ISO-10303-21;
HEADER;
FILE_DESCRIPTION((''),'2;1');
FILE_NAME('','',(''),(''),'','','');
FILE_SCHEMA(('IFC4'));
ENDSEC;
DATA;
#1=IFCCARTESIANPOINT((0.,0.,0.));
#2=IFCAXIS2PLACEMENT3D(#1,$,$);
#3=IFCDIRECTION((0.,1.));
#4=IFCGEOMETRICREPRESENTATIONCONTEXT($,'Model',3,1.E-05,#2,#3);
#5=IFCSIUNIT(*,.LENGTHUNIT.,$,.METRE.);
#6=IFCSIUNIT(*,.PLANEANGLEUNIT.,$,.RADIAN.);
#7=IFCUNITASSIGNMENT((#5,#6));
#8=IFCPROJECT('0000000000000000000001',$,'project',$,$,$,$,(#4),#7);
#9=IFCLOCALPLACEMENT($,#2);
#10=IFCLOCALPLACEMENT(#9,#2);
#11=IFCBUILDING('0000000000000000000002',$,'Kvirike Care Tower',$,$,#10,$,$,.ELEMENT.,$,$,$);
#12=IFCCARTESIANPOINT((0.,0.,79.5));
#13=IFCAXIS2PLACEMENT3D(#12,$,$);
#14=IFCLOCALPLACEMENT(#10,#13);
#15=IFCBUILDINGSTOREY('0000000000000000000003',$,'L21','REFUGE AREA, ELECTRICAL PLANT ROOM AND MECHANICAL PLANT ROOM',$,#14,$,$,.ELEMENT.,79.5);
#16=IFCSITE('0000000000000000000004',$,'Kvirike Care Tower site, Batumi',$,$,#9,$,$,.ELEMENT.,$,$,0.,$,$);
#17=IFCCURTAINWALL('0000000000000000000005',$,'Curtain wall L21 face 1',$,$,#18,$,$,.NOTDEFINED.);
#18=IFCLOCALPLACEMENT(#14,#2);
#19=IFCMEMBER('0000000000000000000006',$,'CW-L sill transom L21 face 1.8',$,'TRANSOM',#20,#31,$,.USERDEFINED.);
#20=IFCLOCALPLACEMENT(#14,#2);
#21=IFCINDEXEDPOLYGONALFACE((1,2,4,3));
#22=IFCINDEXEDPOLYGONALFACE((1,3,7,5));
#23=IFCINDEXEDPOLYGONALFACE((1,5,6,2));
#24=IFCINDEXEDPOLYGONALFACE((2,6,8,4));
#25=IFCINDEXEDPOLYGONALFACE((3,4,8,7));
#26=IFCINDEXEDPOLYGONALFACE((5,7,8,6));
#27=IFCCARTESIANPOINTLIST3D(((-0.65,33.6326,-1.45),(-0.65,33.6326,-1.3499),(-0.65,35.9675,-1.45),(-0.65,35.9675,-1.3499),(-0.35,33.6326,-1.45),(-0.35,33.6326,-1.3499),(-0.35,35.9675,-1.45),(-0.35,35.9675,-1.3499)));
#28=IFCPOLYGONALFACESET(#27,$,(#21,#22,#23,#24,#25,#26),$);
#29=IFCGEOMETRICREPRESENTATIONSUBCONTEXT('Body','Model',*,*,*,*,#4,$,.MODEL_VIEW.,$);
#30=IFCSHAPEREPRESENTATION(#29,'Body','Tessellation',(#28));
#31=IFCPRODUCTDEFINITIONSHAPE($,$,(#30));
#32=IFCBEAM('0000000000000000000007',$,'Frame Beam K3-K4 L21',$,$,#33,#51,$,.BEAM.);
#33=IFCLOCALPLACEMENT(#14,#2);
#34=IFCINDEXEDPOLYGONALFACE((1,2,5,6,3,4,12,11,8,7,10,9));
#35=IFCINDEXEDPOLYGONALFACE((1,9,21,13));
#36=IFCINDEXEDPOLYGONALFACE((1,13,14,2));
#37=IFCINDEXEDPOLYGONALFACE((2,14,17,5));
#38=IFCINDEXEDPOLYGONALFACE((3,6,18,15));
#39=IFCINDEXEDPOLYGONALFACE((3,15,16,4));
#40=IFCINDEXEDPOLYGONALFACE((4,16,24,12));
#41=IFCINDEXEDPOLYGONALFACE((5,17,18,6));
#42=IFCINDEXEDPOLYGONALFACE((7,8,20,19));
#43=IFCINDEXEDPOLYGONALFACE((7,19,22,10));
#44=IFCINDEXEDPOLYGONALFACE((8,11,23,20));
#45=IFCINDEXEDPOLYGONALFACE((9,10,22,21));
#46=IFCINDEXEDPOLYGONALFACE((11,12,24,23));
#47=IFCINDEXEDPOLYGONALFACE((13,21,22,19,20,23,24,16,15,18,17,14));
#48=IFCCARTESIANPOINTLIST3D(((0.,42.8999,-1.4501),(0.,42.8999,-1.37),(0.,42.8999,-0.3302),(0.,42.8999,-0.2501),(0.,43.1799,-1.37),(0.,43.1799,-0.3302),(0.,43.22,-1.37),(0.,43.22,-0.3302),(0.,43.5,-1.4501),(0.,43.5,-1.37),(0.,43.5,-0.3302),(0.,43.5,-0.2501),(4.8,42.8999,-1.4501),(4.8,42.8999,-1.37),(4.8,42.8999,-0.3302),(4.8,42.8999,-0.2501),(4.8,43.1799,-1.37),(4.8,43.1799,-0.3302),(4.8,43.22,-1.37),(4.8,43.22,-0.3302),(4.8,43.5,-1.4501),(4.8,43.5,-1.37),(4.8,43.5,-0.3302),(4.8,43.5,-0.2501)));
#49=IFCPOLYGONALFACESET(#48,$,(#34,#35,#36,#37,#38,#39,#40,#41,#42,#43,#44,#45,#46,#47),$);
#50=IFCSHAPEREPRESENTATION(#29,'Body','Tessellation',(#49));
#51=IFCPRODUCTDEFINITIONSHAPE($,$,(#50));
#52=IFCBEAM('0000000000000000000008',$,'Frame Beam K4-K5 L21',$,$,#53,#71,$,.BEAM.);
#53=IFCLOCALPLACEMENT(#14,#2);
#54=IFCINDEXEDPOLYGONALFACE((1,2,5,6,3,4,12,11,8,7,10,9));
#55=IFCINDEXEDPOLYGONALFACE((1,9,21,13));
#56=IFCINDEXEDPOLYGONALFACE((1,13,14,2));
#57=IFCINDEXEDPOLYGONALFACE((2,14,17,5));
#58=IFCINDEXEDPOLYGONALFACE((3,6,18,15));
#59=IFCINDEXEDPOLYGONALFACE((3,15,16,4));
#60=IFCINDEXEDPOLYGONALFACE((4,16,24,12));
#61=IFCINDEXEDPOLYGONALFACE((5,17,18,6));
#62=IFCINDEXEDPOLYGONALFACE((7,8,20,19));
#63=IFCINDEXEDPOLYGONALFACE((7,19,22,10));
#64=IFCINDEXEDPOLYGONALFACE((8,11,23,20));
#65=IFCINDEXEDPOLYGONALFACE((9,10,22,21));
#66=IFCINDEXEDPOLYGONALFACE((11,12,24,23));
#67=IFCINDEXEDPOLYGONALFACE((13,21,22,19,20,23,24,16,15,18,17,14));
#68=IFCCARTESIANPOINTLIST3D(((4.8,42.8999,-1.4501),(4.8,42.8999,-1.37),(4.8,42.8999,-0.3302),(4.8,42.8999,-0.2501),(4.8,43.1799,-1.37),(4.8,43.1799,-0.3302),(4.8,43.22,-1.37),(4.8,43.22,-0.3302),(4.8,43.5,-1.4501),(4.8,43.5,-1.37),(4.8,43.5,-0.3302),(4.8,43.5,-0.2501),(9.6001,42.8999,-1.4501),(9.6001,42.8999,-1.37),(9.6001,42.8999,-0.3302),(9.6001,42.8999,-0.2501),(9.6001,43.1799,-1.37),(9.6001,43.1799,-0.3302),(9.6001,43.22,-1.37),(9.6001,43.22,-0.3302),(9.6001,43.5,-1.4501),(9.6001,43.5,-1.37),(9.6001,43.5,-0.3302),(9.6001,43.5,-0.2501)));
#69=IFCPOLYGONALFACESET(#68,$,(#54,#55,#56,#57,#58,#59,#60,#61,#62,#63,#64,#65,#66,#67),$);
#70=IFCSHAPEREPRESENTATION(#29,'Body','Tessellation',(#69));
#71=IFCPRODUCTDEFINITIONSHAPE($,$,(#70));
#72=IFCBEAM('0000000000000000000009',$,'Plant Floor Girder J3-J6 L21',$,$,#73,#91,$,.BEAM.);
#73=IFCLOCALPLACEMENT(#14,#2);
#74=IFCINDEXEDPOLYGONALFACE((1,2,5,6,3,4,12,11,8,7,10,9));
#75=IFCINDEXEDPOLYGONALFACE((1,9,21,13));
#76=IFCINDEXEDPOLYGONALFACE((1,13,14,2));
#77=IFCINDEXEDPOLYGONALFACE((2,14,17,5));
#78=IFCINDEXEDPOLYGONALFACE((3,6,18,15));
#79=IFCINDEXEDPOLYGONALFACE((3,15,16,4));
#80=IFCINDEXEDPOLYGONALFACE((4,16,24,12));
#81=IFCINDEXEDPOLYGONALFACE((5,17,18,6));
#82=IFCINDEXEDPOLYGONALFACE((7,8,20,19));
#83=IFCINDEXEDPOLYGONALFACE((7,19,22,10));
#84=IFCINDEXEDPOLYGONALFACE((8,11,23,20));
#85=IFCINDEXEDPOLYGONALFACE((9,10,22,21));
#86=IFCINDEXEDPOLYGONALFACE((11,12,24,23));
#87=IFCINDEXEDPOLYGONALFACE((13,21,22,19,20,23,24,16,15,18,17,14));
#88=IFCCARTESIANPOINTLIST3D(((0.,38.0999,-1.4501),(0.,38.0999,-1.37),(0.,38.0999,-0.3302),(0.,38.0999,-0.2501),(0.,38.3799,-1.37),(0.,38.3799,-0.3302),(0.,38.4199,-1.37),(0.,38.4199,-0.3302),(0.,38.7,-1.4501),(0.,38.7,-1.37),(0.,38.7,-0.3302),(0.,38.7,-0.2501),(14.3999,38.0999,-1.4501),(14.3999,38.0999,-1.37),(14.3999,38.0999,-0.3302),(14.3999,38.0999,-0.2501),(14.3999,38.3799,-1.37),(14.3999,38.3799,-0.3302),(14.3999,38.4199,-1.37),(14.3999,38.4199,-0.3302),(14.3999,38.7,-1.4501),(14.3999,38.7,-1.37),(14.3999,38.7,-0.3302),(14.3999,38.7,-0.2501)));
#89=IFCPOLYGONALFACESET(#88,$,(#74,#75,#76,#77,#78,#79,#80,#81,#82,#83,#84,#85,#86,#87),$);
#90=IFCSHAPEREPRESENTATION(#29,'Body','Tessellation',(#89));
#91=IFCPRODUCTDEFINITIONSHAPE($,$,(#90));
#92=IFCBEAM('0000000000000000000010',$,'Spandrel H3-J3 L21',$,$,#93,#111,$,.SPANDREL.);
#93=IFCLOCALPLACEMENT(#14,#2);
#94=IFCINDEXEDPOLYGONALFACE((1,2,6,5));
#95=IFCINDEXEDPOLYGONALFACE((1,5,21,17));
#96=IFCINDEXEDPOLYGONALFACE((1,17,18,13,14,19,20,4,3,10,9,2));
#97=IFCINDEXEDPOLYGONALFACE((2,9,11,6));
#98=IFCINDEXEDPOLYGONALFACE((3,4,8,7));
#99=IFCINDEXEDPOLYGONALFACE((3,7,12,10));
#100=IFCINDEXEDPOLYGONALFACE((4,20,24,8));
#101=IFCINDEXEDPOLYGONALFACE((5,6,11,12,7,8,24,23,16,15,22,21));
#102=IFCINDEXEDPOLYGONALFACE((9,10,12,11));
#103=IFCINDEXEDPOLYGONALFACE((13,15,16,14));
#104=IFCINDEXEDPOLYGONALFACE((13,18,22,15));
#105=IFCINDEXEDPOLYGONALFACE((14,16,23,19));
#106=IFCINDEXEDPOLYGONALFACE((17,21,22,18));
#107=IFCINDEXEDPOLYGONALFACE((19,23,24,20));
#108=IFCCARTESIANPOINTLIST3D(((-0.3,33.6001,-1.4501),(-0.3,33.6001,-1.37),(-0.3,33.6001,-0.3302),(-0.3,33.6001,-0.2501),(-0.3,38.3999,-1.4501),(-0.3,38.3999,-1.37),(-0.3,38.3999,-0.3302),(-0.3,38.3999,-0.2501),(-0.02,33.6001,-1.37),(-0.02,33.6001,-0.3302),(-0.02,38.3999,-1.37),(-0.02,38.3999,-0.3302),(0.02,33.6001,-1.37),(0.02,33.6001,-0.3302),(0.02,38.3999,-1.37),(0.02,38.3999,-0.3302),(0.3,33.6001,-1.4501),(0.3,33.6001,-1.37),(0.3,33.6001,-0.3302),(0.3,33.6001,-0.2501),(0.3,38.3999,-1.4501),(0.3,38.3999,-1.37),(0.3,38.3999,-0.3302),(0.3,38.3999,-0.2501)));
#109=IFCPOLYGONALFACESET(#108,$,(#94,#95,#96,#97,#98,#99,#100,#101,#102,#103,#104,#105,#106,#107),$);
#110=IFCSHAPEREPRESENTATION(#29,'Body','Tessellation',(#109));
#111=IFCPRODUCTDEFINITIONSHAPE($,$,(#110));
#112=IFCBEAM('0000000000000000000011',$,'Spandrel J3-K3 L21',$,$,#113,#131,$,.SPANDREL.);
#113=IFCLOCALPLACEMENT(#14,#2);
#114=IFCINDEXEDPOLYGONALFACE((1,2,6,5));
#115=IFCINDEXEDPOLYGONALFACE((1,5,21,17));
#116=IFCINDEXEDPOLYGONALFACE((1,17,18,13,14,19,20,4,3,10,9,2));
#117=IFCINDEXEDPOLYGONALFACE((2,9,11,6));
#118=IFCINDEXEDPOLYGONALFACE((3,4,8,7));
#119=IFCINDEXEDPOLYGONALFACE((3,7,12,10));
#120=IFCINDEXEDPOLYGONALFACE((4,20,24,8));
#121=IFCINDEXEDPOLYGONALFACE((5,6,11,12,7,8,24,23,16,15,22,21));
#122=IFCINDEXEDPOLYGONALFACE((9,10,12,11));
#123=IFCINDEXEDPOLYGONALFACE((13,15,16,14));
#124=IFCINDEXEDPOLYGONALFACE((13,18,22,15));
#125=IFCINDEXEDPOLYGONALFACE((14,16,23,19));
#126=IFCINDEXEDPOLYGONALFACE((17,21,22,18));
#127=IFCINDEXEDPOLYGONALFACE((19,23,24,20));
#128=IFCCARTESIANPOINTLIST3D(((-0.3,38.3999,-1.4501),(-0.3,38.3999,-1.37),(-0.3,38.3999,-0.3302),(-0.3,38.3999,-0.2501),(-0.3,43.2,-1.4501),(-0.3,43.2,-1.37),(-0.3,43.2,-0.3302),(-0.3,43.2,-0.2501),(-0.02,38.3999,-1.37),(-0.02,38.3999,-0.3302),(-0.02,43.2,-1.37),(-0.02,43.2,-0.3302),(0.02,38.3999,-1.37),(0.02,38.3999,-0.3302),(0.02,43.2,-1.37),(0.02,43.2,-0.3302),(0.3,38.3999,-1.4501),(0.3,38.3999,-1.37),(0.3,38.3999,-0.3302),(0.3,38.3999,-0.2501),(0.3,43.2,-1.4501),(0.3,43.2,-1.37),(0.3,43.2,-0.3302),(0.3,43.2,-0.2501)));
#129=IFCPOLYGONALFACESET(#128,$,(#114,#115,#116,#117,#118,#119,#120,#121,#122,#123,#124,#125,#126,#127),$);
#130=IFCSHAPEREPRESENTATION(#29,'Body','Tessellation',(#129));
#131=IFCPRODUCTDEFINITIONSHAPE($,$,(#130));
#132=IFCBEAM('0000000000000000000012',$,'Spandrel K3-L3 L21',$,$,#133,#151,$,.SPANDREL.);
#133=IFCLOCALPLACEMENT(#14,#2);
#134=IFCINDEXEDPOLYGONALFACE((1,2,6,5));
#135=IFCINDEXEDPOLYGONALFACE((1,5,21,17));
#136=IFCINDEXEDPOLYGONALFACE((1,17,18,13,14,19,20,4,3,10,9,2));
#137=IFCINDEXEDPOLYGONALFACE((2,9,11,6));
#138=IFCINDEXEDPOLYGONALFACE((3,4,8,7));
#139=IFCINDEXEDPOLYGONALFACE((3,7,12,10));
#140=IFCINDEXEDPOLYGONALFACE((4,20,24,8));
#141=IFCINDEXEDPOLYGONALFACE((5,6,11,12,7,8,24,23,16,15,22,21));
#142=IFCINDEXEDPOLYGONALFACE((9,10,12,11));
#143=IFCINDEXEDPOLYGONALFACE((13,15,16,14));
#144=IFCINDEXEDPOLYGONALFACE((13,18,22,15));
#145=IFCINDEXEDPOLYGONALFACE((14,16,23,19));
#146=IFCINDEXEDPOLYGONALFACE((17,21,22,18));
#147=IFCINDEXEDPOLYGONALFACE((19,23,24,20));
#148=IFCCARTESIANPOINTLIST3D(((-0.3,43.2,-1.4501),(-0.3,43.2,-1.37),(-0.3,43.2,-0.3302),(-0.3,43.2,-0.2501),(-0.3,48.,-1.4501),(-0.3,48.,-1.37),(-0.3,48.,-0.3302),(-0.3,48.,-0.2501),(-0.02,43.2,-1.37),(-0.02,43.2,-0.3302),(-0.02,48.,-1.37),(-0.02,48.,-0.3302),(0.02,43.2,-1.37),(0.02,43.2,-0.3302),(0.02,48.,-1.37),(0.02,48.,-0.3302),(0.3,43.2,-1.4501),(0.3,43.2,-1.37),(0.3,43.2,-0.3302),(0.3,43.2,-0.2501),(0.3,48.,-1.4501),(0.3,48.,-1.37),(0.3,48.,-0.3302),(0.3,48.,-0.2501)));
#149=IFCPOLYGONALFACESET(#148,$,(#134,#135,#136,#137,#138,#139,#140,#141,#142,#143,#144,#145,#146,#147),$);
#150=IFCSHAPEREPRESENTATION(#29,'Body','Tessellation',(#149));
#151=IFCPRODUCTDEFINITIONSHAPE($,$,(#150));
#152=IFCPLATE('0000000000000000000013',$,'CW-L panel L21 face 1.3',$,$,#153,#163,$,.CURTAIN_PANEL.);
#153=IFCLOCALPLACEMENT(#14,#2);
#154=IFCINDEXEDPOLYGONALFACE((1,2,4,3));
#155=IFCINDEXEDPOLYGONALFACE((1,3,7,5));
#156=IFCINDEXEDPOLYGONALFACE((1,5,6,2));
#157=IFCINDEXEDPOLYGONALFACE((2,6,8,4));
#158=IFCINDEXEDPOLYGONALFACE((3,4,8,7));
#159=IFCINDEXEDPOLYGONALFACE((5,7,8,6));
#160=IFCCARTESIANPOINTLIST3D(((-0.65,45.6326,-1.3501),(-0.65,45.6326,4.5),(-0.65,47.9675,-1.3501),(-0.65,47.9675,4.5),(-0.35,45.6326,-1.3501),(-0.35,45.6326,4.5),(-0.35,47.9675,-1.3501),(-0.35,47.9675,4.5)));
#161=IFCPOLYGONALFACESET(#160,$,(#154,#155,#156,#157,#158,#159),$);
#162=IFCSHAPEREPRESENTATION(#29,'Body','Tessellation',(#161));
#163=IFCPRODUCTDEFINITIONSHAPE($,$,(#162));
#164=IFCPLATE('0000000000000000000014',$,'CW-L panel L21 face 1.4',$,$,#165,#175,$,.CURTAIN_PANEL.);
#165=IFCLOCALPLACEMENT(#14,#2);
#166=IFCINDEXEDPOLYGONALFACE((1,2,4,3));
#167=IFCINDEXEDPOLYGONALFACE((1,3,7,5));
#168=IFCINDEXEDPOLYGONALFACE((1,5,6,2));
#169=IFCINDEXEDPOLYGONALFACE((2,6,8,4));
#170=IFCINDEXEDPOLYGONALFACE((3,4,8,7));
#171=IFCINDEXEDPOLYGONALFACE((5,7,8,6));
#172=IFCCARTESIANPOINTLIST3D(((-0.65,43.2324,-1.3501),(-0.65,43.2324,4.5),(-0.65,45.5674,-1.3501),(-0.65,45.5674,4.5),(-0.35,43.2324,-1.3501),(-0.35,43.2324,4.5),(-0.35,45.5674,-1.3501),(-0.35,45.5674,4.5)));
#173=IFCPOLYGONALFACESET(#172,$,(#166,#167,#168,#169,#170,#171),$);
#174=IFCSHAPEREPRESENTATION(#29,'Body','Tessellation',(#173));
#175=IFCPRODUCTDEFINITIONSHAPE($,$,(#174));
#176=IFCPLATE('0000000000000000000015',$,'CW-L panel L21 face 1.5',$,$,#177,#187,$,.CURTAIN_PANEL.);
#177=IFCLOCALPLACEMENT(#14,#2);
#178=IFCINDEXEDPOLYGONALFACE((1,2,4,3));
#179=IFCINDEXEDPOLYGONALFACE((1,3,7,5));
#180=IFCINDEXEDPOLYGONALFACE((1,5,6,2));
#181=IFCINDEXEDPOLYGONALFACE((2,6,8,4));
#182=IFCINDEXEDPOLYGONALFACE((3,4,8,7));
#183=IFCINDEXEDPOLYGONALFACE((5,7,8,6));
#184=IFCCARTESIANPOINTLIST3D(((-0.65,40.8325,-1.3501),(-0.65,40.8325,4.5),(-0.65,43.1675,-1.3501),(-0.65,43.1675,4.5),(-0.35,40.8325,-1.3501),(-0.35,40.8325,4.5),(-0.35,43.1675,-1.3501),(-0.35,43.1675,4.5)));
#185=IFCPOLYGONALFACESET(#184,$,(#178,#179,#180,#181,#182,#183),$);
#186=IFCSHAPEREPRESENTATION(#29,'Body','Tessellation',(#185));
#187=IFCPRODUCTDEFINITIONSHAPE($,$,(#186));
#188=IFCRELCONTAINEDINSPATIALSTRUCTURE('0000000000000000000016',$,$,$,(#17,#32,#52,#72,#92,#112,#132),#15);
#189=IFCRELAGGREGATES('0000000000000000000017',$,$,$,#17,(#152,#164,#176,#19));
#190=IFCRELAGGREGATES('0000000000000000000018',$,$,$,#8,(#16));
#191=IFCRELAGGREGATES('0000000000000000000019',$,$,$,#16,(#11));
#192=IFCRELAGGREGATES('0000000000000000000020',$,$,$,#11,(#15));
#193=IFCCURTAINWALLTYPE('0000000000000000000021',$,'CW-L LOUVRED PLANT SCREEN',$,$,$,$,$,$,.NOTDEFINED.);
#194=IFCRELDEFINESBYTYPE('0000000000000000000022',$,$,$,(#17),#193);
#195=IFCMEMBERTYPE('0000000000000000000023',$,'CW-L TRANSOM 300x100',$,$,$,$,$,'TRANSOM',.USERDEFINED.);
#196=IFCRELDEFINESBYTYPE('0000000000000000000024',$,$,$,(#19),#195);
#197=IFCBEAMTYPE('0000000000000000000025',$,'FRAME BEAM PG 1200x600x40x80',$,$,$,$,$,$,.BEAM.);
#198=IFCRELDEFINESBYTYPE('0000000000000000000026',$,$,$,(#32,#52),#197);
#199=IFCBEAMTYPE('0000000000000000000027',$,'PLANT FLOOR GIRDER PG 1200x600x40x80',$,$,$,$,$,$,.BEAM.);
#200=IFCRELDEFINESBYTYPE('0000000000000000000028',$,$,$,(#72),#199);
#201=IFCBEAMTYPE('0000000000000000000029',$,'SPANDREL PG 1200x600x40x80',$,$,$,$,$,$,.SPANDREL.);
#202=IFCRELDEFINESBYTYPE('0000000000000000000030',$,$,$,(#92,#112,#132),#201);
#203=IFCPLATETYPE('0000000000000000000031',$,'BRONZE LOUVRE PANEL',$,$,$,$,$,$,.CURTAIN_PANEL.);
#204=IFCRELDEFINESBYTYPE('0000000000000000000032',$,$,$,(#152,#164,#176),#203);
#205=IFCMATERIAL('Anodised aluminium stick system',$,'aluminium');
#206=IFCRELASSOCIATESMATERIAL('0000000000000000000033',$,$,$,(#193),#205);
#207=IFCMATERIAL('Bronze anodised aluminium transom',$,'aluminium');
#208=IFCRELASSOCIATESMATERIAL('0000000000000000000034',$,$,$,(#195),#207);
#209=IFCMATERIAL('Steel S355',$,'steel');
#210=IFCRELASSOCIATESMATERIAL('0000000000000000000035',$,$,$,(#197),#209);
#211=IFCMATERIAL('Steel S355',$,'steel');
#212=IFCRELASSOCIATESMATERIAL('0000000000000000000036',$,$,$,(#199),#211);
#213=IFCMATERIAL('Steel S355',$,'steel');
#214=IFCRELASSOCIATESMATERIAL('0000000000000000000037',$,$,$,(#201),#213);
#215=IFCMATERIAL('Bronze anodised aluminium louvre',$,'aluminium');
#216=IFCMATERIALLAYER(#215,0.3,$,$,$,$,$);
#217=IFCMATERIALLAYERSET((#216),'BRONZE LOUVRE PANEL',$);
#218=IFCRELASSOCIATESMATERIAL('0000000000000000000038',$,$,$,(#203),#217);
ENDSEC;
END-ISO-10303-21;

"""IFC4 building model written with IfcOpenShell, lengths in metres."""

from ifc_helpers import new_model, si_unit, direction, frame, origin, origin_2d, place, context, subcontext, project, spatial, rectangle, i_section, extrude, material, layer, layer_set, material_profile, profile_set, type_object, element, aggregate, save


model = new_model("IFC4")

# Units and contexts
model_context = context("Model", 3, precision=1e-05, world=origin(), true_north=direction((0.0, 1.0)))
body_context = subcontext(model_context, "Body", "Model", "MODEL_VIEW")
ifc_project = project(units=[si_unit("LENGTHUNIT", "METRE"), si_unit("PLANEANGLEUNIT", "RADIAN")], contexts=[model_context])

# Site, building, storey
site_placement = place(None, origin())
site = spatial("IfcSite", under=ifc_project, at=site_placement, Name="Kvirike Care Tower site, Batumi", CompositionType="ELEMENT", RefElevation=0.0)
building_placement = place(site_placement, origin())
building = spatial("IfcBuilding", under=site, at=building_placement, Name="Kvirike Care Tower", CompositionType="ELEMENT")
storey_placement = place(building_placement, frame((0.0, 0.0, 79.5)))
storey = spatial("IfcBuildingStorey", under=building, at=storey_placement, Name="L21", Description="REFUGE AREA, ELECTRICAL PLANT ROOM AND MECHANICAL PLANT ROOM", CompositionType="ELEMENT", Elevation=79.5)

# Curtain wall, member
ifc_material_1 = material(Name="Anodised aluminium stick system", Category="aluminium")
curtain_wall_type = type_object("IfcCurtainWallType", Name="CW-L LOUVRED PLANT SCREEN", PredefinedType="NOTDEFINED", material=ifc_material_1)
curtain_wall_placement = place(storey_placement, origin())
curtain_wall = element("IfcCurtainWall", 1, at=curtain_wall_placement, inside=storey, type_object=curtain_wall_type, Name="Curtain wall L21 face 1", PredefinedType="NOTDEFINED")
ifc_material_2 = material(Name="Bronze anodised aluminium transom", Category="aluminium")
ifc_material_profile_1 = material_profile(ifc_material_2, rectangle(XDim=0.3, YDim=0.1001, at=origin_2d()), Name="CW-L TRANSOM 300x100")
ifc_profile_set_1 = profile_set([ifc_material_profile_1], Name="Bronze anodised aluminium transom")
member_type_1 = type_object("IfcMemberType", Name="CW-L TRANSOM 300x100", ElementType="TRANSOM", PredefinedType="USERDEFINED", material=ifc_profile_set_1)
member_1_placement = place(storey_placement, frame((-0.5, 35.9675, -1.3999), z_axis=(0.0, -1.0, 0.0), x_axis=(1.0, 0.0, 0.0)))
member_1 = element("IfcMember", 2, at=member_1_placement, type_object=member_type_1, Name="CW-L sill transom L21 face 1.8", ObjectType="TRANSOM", PredefinedType="USERDEFINED", context=body_context, shape_type="SweptSolid", body=[
    extrude(rectangle(XDim=0.3, YDim=0.1001, at=origin_2d()), origin(), (0.0, 0.0, 1.0), 2.335),
])

# Beams
ifc_material_3 = material(Name="Steel S355", Category="steel")
ifc_material_profile_2 = material_profile(ifc_material_3, i_section(OverallWidth=0.6001, OverallDepth=1.2, WebThickness=0.04, FlangeThickness=0.0801, at=origin_2d()), Name="PG 1200x600x40x80")
ifc_profile_set_2 = profile_set([ifc_material_profile_2], Name="Steel S355")
beam_type_1 = type_object("IfcBeamType", Name="FRAME BEAM PG 1200x600x40x80", PredefinedType="BEAM", material=ifc_profile_set_2)
for number, where, z_axis, x_axis, name in (
    (3, (0.0, 43.2, -0.8501), (1.0, 0.0, 0.0), (0.0, 1.0, 0.0), "Frame Beam K3-K4 L21"),
    (4, (4.8, 43.2, -0.8501), (1.0, 0.0, 0.0), (0.0, 1.0, 0.0), "Frame Beam K4-K5 L21"),
):
    element("IfcBeam", number, at=place(storey_placement, frame(where, z_axis=z_axis, x_axis=x_axis)), inside=storey, type_object=beam_type_1, Name=name, PredefinedType="BEAM", context=body_context, shape_type="SweptSolid", body=[
        extrude(i_section(OverallWidth=0.6001, OverallDepth=1.2, WebThickness=0.04, FlangeThickness=0.0801, at=origin_2d()), origin(), (0.0, 0.0, 1.0), 4.8),
    ])
ifc_material_4 = material(Name="Steel S355", Category="steel")
ifc_material_profile_3 = material_profile(ifc_material_4, i_section(OverallWidth=0.6001, OverallDepth=1.2, WebThickness=0.04, FlangeThickness=0.0801, at=origin_2d()), Name="PG 1200x600x40x80")
ifc_profile_set_3 = profile_set([ifc_material_profile_3], Name="Steel S355")
beam_type_2 = type_object("IfcBeamType", Name="PLANT FLOOR GIRDER PG 1200x600x40x80", PredefinedType="BEAM", material=ifc_profile_set_3)
beam_1_placement = place(storey_placement, frame((0.0, 38.3999, -0.8501), z_axis=(1.0, 0.0, 0.0), x_axis=(0.0, 1.0, 0.0)))
element("IfcBeam", 5, at=beam_1_placement, inside=storey, type_object=beam_type_2, Name="Plant Floor Girder J3-J6 L21", PredefinedType="BEAM", context=body_context, shape_type="SweptSolid", body=[
    extrude(i_section(OverallWidth=0.6001, OverallDepth=1.2, WebThickness=0.04, FlangeThickness=0.0801, at=origin_2d()), origin(), (0.0, 0.0, 1.0), 14.3999),
])
ifc_material_5 = material(Name="Steel S355", Category="steel")
ifc_material_profile_4 = material_profile(ifc_material_5, i_section(OverallWidth=0.6001, OverallDepth=1.2, WebThickness=0.04, FlangeThickness=0.0801, at=origin_2d()), Name="PG 1200x600x40x80")
ifc_profile_set_4 = profile_set([ifc_material_profile_4], Name="Steel S355")
beam_type_3 = type_object("IfcBeamType", Name="SPANDREL PG 1200x600x40x80", PredefinedType="SPANDREL", material=ifc_profile_set_4)
beam_2_placement = place(storey_placement, frame((0.0, 33.6001, -0.8501), z_axis=(0.0, 1.0, 0.0), x_axis=(-1.0, 0.0, 0.0)))
element("IfcBeam", 6, at=beam_2_placement, inside=storey, type_object=beam_type_3, Name="Spandrel H3-J3 L21", PredefinedType="SPANDREL", context=body_context, shape_type="SweptSolid", body=[
    extrude(i_section(OverallWidth=0.6001, OverallDepth=1.2, WebThickness=0.04, FlangeThickness=0.0801, at=origin_2d()), origin(), (0.0, 0.0, 1.0), 4.7998),
])
for number, where, z_axis, x_axis, name in (
    (7, (0.0, 38.3999, -0.8501), (0.0, 1.0, 0.0), (-1.0, 0.0, 0.0), "Spandrel J3-K3 L21"),
    (8, (0.0, 43.2, -0.8501), (0.0, 1.0, 0.0), (-1.0, 0.0, 0.0), "Spandrel K3-L3 L21"),
):
    element("IfcBeam", number, at=place(storey_placement, frame(where, z_axis=z_axis, x_axis=x_axis)), inside=storey, type_object=beam_type_3, Name=name, PredefinedType="SPANDREL", context=body_context, shape_type="SweptSolid", body=[
        extrude(i_section(OverallWidth=0.6001, OverallDepth=1.2, WebThickness=0.04, FlangeThickness=0.0801, at=origin_2d()), origin(), (0.0, 0.0, 1.0), 4.8),
    ])

# Plates
ifc_material_6 = material(Name="Bronze anodised aluminium louvre", Category="aluminium")
ifc_layer_1 = layer(ifc_material_6, 0.3)
ifc_layer_set_1 = layer_set([ifc_layer_1], Name="BRONZE LOUVRE PANEL")
plate_type = type_object("IfcPlateType", Name="BRONZE LOUVRE PANEL", PredefinedType="CURTAIN_PANEL", material=ifc_layer_set_1)
plate_1_placement = place(storey_placement, frame((-0.5, 46.8, -1.3501), z_axis=(0.0, 0.0, 1.0), x_axis=(0.0, -1.0, 0.0)))
plate_1 = element("IfcPlate", 9, at=plate_1_placement, type_object=plate_type, Name="CW-L panel L21 face 1.3", PredefinedType="CURTAIN_PANEL", context=body_context, shape_type="SweptSolid", body=[
    extrude(rectangle(XDim=2.335, YDim=0.3, at=origin_2d()), origin(), (0.0, 0.0, 1.0), 5.8501),
])
plate_2_placement = place(storey_placement, frame((-0.5, 44.3999, -1.3501), z_axis=(0.0, 0.0, 1.0), x_axis=(0.0, -1.0, 0.0)))
plate_2 = element("IfcPlate", 10, at=plate_2_placement, type_object=plate_type, Name="CW-L panel L21 face 1.4", PredefinedType="CURTAIN_PANEL", context=body_context, shape_type="SweptSolid", body=[
    extrude(rectangle(XDim=2.335, YDim=0.3, at=origin_2d()), origin(), (0.0, 0.0, 1.0), 5.8501),
])
plate_3_placement = place(storey_placement, frame((-0.5, 42.0, -1.3501), z_axis=(0.0, 0.0, 1.0), x_axis=(0.0, -1.0, 0.0)))
plate_3 = element("IfcPlate", 11, at=plate_3_placement, type_object=plate_type, Name="CW-L panel L21 face 1.5", PredefinedType="CURTAIN_PANEL", context=body_context, shape_type="SweptSolid", body=[
    extrude(rectangle(XDim=2.335, YDim=0.3, at=origin_2d()), origin(), (0.0, 0.0, 1.0), 5.8501),
])
aggregate(curtain_wall, [plate_1, plate_2, plate_3, member_1])

save(model, "model.ifc")
